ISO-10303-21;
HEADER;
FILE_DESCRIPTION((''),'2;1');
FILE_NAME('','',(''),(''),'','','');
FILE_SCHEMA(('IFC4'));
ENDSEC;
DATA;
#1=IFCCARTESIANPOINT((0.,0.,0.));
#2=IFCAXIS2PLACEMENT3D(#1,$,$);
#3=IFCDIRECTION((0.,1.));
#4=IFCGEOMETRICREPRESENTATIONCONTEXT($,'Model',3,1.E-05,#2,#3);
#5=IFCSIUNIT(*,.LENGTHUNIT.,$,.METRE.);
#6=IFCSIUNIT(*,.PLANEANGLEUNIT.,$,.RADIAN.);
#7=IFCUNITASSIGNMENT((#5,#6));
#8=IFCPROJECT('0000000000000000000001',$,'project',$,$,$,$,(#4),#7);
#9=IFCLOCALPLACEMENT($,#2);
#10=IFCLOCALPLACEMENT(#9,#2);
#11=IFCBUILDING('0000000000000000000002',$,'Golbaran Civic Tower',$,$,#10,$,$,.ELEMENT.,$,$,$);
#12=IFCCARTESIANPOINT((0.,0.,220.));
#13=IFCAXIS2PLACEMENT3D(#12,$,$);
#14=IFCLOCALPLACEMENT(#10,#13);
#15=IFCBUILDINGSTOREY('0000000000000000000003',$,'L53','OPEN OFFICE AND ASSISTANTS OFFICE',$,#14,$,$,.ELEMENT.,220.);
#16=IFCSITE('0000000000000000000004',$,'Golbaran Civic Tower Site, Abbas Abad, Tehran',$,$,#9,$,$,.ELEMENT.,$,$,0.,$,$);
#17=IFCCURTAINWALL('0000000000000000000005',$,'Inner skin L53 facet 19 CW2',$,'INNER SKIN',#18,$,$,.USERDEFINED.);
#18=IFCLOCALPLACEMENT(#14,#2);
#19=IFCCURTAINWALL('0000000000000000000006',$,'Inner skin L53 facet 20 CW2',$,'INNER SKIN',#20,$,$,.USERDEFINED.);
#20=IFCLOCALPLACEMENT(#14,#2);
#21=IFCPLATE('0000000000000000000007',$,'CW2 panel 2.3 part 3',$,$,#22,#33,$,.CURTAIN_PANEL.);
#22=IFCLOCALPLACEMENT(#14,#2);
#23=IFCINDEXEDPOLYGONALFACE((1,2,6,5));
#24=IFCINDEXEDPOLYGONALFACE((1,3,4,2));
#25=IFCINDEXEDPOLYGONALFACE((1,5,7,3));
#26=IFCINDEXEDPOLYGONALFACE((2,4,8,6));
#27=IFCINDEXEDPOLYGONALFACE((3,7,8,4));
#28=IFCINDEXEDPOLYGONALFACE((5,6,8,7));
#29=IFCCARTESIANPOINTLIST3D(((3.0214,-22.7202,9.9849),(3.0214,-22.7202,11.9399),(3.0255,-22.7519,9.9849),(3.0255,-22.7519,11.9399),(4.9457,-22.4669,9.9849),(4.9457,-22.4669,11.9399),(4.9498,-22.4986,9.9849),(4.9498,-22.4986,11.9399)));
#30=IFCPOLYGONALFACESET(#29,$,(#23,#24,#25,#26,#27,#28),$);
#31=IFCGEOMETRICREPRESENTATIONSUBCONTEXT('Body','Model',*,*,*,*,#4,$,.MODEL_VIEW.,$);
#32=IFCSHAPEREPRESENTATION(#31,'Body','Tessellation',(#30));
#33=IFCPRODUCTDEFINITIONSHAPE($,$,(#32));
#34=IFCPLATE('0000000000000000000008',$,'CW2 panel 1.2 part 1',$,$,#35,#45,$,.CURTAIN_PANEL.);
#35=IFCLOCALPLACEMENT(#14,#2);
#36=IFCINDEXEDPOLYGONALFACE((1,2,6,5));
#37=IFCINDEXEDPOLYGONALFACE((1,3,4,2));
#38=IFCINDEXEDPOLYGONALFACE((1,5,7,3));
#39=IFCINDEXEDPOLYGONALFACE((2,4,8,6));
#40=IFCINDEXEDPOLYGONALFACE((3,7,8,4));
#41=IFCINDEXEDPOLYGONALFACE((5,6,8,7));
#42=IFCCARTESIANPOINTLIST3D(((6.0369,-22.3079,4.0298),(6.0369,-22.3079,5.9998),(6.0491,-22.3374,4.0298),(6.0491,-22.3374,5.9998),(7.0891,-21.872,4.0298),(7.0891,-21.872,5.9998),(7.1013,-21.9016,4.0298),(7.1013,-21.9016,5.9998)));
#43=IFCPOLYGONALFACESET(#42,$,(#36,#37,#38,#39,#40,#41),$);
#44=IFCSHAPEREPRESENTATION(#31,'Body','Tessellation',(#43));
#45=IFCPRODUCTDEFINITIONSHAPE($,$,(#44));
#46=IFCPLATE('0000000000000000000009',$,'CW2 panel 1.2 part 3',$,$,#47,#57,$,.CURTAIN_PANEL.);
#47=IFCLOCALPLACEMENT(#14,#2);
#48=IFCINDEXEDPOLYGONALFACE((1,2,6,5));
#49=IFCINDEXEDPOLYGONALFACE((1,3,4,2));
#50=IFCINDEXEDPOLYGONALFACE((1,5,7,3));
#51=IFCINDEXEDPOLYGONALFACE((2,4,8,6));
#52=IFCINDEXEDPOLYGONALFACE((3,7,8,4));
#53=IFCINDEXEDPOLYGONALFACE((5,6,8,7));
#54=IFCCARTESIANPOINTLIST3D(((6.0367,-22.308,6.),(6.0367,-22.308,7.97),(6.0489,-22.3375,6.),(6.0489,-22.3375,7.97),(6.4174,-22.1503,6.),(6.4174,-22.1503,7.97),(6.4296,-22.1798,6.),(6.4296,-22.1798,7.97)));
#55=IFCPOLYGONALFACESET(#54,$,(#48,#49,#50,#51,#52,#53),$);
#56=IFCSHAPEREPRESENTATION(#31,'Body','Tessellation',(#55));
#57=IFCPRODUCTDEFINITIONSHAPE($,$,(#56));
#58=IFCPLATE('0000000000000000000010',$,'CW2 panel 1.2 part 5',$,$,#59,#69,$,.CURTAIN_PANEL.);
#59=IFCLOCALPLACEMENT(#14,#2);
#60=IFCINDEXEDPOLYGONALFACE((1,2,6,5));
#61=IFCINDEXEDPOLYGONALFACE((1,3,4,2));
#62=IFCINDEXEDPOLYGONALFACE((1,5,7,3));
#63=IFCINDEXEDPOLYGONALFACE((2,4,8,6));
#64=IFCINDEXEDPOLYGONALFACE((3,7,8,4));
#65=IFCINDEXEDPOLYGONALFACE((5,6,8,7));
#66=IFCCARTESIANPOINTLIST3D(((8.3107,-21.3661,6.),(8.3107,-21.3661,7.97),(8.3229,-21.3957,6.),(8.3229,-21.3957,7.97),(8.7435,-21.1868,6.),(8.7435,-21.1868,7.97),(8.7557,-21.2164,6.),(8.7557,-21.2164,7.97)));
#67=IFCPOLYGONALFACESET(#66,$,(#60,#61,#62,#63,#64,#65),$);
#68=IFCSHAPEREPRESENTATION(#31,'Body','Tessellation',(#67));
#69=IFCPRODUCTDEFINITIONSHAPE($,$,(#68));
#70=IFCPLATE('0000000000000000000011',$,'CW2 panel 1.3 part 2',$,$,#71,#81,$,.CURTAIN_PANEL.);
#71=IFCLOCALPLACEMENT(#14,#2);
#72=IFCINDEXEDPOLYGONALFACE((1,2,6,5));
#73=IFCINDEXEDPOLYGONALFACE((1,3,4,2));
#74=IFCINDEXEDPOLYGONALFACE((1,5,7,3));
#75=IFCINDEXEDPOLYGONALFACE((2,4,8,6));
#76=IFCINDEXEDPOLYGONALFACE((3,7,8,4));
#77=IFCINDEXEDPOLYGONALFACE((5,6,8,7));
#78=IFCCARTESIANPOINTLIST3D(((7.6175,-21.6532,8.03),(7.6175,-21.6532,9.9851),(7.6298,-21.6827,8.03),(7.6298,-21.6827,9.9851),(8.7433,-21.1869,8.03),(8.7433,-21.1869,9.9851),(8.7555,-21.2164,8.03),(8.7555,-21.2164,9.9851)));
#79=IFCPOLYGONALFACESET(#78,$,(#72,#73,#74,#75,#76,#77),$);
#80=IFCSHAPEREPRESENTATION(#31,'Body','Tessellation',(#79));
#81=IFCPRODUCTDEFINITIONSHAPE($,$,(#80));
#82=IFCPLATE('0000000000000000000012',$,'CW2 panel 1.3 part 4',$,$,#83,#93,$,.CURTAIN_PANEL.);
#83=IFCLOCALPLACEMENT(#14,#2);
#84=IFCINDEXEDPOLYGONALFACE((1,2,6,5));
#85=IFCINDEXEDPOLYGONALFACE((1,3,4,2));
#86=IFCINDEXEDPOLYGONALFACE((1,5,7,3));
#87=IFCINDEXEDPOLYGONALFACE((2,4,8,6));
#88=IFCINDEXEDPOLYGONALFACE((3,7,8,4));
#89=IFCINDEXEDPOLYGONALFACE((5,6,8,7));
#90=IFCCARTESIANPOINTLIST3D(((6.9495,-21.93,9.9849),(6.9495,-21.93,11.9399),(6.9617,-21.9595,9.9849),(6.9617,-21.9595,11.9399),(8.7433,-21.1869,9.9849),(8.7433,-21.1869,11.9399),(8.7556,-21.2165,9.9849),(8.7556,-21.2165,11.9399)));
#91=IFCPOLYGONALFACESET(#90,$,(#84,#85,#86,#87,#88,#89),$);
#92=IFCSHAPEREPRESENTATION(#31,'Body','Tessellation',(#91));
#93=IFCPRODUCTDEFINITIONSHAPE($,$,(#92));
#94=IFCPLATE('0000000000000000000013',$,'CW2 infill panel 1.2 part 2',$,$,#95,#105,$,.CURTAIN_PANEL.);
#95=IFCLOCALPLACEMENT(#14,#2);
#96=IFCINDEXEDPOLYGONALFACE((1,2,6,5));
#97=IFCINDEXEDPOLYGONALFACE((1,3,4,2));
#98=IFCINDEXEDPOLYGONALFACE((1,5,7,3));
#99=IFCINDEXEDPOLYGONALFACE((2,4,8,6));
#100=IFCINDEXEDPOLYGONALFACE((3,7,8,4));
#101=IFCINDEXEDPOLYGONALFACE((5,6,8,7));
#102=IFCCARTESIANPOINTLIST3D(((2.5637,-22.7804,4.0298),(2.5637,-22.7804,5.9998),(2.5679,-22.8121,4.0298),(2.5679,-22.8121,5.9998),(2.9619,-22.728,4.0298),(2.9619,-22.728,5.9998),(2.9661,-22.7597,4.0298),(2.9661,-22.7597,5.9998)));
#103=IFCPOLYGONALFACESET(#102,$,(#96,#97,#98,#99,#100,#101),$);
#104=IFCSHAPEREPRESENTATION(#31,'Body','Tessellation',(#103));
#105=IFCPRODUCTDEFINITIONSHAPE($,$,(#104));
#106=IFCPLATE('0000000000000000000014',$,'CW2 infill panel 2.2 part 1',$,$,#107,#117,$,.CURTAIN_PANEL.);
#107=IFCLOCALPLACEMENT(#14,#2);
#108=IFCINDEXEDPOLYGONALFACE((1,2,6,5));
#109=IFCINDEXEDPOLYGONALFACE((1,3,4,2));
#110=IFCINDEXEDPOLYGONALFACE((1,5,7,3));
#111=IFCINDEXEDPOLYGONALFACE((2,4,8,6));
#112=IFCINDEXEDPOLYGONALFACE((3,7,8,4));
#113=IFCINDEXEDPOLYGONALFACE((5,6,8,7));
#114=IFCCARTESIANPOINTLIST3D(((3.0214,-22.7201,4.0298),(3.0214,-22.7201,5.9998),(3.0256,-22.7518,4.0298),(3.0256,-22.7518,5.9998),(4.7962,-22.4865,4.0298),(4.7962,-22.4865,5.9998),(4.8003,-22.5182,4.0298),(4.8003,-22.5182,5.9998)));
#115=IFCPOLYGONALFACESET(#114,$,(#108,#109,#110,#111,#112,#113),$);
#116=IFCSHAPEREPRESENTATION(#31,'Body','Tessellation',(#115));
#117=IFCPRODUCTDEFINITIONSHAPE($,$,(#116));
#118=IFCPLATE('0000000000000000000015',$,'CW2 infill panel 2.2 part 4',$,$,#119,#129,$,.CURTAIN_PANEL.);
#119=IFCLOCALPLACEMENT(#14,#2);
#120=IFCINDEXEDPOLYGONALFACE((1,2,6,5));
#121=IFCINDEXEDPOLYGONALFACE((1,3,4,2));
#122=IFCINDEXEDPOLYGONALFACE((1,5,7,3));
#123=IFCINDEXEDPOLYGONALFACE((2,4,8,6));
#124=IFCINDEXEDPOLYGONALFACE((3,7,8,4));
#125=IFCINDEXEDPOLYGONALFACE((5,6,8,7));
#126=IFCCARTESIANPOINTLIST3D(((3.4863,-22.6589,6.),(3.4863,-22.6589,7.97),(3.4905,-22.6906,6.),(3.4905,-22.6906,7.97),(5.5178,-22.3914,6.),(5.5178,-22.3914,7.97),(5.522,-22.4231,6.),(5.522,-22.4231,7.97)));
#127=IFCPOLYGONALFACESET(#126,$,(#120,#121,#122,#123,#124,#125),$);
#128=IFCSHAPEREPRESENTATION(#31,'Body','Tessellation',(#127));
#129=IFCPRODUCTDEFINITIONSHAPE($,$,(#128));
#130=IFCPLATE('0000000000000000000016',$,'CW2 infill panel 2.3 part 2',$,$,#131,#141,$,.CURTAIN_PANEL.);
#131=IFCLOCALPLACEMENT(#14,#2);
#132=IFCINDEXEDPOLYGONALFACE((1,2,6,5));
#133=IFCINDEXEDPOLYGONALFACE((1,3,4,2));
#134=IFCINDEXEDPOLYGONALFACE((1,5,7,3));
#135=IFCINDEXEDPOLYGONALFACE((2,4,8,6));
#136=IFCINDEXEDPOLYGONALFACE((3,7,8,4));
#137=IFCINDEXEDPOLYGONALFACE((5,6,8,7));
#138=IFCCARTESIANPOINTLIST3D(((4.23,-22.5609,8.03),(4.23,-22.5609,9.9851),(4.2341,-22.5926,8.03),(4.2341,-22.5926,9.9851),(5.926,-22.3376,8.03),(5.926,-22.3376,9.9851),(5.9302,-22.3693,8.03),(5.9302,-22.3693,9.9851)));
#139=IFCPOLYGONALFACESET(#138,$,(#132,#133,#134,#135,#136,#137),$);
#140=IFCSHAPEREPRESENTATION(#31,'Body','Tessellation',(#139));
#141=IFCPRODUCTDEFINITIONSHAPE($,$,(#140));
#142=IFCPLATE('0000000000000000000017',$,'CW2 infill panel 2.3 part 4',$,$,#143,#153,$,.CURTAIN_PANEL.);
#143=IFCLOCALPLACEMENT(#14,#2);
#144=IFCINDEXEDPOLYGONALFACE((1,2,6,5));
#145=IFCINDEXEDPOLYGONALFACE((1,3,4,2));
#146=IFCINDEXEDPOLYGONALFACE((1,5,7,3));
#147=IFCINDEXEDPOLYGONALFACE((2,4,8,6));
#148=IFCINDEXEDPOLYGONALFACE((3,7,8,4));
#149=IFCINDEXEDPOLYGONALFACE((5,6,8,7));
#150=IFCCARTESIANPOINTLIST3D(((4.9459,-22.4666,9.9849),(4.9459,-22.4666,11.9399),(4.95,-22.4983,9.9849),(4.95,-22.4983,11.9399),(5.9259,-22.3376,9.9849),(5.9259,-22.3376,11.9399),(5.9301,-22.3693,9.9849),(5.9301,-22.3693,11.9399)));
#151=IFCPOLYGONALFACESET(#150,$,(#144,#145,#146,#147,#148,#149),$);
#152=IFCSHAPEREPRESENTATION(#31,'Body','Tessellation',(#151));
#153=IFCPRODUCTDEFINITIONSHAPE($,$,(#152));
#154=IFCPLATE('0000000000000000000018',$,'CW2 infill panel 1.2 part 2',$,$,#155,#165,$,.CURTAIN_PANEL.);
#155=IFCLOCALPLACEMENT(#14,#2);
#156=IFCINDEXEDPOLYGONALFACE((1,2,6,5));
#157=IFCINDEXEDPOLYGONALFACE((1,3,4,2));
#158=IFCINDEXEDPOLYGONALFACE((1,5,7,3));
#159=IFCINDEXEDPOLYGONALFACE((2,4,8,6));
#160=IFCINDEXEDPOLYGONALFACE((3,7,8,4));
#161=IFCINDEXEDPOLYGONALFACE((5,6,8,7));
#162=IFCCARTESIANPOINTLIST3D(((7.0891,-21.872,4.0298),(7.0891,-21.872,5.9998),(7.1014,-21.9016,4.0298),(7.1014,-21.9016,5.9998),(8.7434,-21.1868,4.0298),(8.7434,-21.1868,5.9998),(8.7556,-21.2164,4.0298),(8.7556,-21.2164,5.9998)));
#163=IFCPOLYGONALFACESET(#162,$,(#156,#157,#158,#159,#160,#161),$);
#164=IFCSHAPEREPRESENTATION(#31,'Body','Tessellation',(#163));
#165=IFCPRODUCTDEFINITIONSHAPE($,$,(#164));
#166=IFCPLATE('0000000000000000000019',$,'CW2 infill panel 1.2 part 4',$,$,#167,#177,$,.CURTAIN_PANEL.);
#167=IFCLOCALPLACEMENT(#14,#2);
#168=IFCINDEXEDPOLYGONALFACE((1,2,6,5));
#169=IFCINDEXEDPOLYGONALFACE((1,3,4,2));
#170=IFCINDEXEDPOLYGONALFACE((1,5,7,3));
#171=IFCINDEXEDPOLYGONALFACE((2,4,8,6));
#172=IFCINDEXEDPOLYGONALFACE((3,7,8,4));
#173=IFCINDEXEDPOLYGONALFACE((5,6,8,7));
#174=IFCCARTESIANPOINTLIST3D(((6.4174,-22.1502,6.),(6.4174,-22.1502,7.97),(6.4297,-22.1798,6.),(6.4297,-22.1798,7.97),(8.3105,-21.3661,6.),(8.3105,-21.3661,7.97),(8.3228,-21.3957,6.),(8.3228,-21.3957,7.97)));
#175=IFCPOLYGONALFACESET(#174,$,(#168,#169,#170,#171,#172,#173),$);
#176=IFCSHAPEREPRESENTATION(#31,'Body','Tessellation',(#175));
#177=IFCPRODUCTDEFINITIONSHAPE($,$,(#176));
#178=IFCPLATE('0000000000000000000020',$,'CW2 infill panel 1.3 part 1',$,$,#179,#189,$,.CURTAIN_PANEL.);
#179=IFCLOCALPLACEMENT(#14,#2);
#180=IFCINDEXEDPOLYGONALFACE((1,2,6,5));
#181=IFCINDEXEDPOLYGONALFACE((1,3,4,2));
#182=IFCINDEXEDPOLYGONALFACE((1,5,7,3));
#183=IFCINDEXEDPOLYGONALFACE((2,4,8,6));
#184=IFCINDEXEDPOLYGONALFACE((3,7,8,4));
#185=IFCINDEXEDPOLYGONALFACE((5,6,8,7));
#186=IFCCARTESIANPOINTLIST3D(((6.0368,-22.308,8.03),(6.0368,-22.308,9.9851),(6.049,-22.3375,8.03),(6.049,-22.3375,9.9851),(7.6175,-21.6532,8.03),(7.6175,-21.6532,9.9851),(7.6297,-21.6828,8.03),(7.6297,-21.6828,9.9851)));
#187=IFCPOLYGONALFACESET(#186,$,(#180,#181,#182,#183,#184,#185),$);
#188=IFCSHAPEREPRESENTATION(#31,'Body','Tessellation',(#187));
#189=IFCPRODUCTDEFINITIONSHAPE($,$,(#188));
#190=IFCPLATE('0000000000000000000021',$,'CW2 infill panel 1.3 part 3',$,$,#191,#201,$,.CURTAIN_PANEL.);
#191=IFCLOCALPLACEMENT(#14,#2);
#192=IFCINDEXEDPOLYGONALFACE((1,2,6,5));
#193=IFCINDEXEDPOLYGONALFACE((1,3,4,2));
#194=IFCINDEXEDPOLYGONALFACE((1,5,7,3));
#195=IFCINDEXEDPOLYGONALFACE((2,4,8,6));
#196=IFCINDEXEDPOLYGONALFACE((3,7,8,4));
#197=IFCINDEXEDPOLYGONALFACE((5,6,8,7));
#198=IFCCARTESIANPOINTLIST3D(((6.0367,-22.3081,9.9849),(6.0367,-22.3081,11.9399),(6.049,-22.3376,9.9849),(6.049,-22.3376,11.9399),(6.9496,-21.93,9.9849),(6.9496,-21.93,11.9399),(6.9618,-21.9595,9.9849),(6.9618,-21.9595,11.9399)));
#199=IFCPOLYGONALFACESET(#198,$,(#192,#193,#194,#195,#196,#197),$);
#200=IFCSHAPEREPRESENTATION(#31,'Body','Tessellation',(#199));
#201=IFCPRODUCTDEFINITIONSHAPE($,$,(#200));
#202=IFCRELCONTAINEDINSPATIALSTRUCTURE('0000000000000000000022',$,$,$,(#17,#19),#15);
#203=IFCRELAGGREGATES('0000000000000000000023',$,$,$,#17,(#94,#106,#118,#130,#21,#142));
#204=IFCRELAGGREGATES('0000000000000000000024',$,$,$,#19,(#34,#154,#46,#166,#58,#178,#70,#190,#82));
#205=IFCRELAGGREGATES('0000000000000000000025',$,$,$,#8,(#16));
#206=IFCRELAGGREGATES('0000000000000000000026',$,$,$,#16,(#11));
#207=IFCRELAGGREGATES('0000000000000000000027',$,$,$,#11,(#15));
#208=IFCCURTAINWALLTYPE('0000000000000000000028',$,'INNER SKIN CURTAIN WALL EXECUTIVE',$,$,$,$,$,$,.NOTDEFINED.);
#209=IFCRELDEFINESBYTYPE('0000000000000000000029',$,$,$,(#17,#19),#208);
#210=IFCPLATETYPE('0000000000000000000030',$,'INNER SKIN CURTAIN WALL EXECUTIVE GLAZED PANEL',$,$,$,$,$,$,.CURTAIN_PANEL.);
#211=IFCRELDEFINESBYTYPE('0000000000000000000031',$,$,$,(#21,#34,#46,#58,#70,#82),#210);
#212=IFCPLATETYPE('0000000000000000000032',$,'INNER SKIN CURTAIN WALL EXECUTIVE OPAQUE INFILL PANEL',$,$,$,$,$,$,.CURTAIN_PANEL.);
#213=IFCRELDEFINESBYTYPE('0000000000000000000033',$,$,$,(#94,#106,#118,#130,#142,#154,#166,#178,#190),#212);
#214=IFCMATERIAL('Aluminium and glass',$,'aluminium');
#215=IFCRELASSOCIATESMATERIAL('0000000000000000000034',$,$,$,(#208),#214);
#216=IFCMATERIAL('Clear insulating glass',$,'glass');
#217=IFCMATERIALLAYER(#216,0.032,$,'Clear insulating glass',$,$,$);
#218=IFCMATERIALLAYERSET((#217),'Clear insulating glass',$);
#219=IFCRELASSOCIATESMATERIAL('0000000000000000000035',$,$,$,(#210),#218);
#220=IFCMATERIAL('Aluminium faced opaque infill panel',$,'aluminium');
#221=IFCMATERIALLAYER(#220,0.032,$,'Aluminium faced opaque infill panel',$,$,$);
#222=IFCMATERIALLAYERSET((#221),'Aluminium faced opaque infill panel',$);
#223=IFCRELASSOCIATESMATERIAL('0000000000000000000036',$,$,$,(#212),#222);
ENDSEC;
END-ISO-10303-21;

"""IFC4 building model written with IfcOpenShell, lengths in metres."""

from ifc_helpers import new_model, si_unit, direction, frame, origin, origin_2d, place, context, subcontext, project, spatial, rectangle, extrude, material, layer, layer_set, type_object, element, aggregate, save


model = new_model("IFC4")

# Units and contexts
model_context = context("Model", 3, precision=1e-05, world=origin(), true_north=direction((0.0, 1.0)))
body_context = subcontext(model_context, "Body", "Model", "MODEL_VIEW")
ifc_project = project(units=[si_unit("LENGTHUNIT", "METRE"), si_unit("PLANEANGLEUNIT", "RADIAN")], contexts=[model_context])

# Site, building, storey
site_placement = place(None, origin())
site = spatial("IfcSite", under=ifc_project, at=site_placement, Name="Golbaran Civic Tower Site, Abbas Abad, Tehran", CompositionType="ELEMENT", RefElevation=0.0)
building_placement = place(site_placement, origin())
building = spatial("IfcBuilding", under=site, at=building_placement, Name="Golbaran Civic Tower", CompositionType="ELEMENT")
storey_placement = place(building_placement, frame((0.0, 0.0, 220.0)))
storey = spatial("IfcBuildingStorey", under=building, at=storey_placement, Name="L53", Description="OPEN OFFICE AND ASSISTANTS OFFICE", CompositionType="ELEMENT", Elevation=220.0)

# Curtain walls
ifc_material_1 = material(Name="Aluminium and glass", Category="aluminium")
curtain_wall_type = type_object("IfcCurtainWallType", Name="INNER SKIN CURTAIN WALL EXECUTIVE", PredefinedType="NOTDEFINED", material=ifc_material_1)
curtain_wall_1_placement = place(storey_placement, origin())
curtain_wall_1 = element("IfcCurtainWall", 1, at=curtain_wall_1_placement, inside=storey, type_object=curtain_wall_type, Name="Inner skin L53 facet 19 CW2", ObjectType="INNER SKIN", PredefinedType="USERDEFINED")
curtain_wall_2_placement = place(storey_placement, origin())
curtain_wall_2 = element("IfcCurtainWall", 2, at=curtain_wall_2_placement, inside=storey, type_object=curtain_wall_type, Name="Inner skin L53 facet 20 CW2", ObjectType="INNER SKIN", PredefinedType="USERDEFINED")

# Plates
ifc_material_2 = material(Name="Clear insulating glass", Category="glass")
ifc_layer_1 = layer(ifc_material_2, 0.032, Name="Clear insulating glass")
ifc_layer_set_1 = layer_set([ifc_layer_1], Name="Clear insulating glass")
plate_type_1 = type_object("IfcPlateType", Name="INNER SKIN CURTAIN WALL EXECUTIVE GLAZED PANEL", PredefinedType="CURTAIN_PANEL", material=ifc_layer_set_1)
plate_1_placement = place(storey_placement, frame((3.9856, -22.6094, 9.9849), z_axis=(0.0, 0.0, 1.0), x_axis=(0.991445, 0.130526, 0.0)))
plate_1 = element("IfcPlate", 3, at=plate_1_placement, type_object=plate_type_1, Name="CW2 panel 2.3 part 3", PredefinedType="CURTAIN_PANEL", context=body_context, shape_type="SweptSolid", body=[
    extrude(rectangle(XDim=1.9409, YDim=0.032, at=origin_2d()), origin(), (0.0, 0.0, 1.0), 1.9551),
])
plate_2_placement = place(storey_placement, frame((6.5691, -22.1047, 4.0298), z_axis=(0.0, 0.0, 1.0), x_axis=(0.92388, 0.382683, 0.0)))
plate_2 = element("IfcPlate", 4, at=plate_2_placement, type_object=plate_type_1, Name="CW2 panel 1.2 part 1", PredefinedType="CURTAIN_PANEL", context=body_context, shape_type="SweptSolid", body=[
    extrude(rectangle(XDim=1.1389, YDim=0.032, at=origin_2d()), origin(), (0.0, 0.0, 1.0), 1.97),
])
plate_3_placement = place(storey_placement, frame((6.2332, -22.2439, 6.0), z_axis=(0.0, 0.0, 1.0), x_axis=(0.92388, 0.382683, 0.0)))
plate_3 = element("IfcPlate", 5, at=plate_3_placement, type_object=plate_type_1, Name="CW2 panel 1.2 part 3", PredefinedType="CURTAIN_PANEL", context=body_context, shape_type="SweptSolid", body=[
    extrude(rectangle(XDim=0.4121, YDim=0.032, at=origin_2d()), origin(), (0.0, 0.0, 1.0), 1.97),
])
plate_4_placement = place(storey_placement, frame((8.5332, -21.2913, 6.0), z_axis=(0.0, 0.0, 1.0), x_axis=(0.92388, 0.382683, 0.0)))
plate_4 = element("IfcPlate", 6, at=plate_4_placement, type_object=plate_type_1, Name="CW2 panel 1.2 part 5", PredefinedType="CURTAIN_PANEL", context=body_context, shape_type="SweptSolid", body=[
    extrude(rectangle(XDim=0.4685, YDim=0.032, at=origin_2d()), origin(), (0.0, 0.0, 1.0), 1.97),
])
plate_5_placement = place(storey_placement, frame((8.1865, -21.4348, 8.03), z_axis=(0.0, 0.0, 1.0), x_axis=(0.92388, 0.382683, 0.0)))
plate_5 = element("IfcPlate", 7, at=plate_5_placement, type_object=plate_type_1, Name="CW2 panel 1.3 part 2", PredefinedType="CURTAIN_PANEL", context=body_context, shape_type="SweptSolid", body=[
    extrude(rectangle(XDim=1.2185, YDim=0.032, at=origin_2d()), origin(), (0.0, 0.0, 1.0), 1.9551),
])
plate_6_placement = place(storey_placement, frame((7.8525, -21.5732, 9.9849), z_axis=(0.0, 0.0, 1.0), x_axis=(0.92388, 0.382683, 0.0)))
plate_6 = element("IfcPlate", 8, at=plate_6_placement, type_object=plate_type_1, Name="CW2 panel 1.3 part 4", PredefinedType="CURTAIN_PANEL", context=body_context, shape_type="SweptSolid", body=[
    extrude(rectangle(XDim=1.9417, YDim=0.032, at=origin_2d()), origin(), (0.0, 0.0, 1.0), 1.9551),
])
ifc_material_3 = material(Name="Aluminium faced opaque infill panel", Category="aluminium")
ifc_layer_2 = layer(ifc_material_3, 0.032, Name="Aluminium faced opaque infill panel")
ifc_layer_set_2 = layer_set([ifc_layer_2], Name="Aluminium faced opaque infill panel")
plate_type_2 = type_object("IfcPlateType", Name="INNER SKIN CURTAIN WALL EXECUTIVE OPAQUE INFILL PANEL", PredefinedType="CURTAIN_PANEL", material=ifc_layer_set_2)
plate_7_placement = place(storey_placement, frame((2.7649, -22.77, 4.0298), z_axis=(0.0, 0.0, 1.0), x_axis=(0.991445, 0.130526, 0.0)))
plate_7 = element("IfcPlate", 9, at=plate_7_placement, type_object=plate_type_2, Name="CW2 infill panel 1.2 part 2", PredefinedType="CURTAIN_PANEL", context=body_context, shape_type="SweptSolid", body=[
    extrude(rectangle(XDim=0.4016, YDim=0.032, at=origin_2d()), origin(), (0.0, 0.0, 1.0), 1.97),
])
plate_8_placement = place(storey_placement, frame((3.9109, -22.6191, 4.0298), z_axis=(0.0, 0.0, 1.0), x_axis=(0.991445, 0.130526, 0.0)))
plate_8 = element("IfcPlate", 10, at=plate_8_placement, type_object=plate_type_2, Name="CW2 infill panel 2.2 part 1", PredefinedType="CURTAIN_PANEL", context=body_context, shape_type="SweptSolid", body=[
    extrude(rectangle(XDim=1.79, YDim=0.032, at=origin_2d()), origin(), (0.0, 0.0, 1.0), 1.97),
])
plate_9_placement = place(storey_placement, frame((4.5042, -22.541, 6.0), z_axis=(0.0, 0.0, 1.0), x_axis=(0.991445, 0.130526, 0.0)))
plate_9 = element("IfcPlate", 11, at=plate_9_placement, type_object=plate_type_2, Name="CW2 infill panel 2.2 part 4", PredefinedType="CURTAIN_PANEL", context=body_context, shape_type="SweptSolid", body=[
    extrude(rectangle(XDim=2.0491, YDim=0.032, at=origin_2d()), origin(), (0.0, 0.0, 1.0), 1.97),
])
plate_10_placement = place(storey_placement, frame((5.0801, -22.4651, 8.03), z_axis=(0.0, 0.0, 1.0), x_axis=(0.991445, 0.130526, 0.0)))
plate_10 = element("IfcPlate", 12, at=plate_10_placement, type_object=plate_type_2, Name="CW2 infill panel 2.3 part 2", PredefinedType="CURTAIN_PANEL", context=body_context, shape_type="SweptSolid", body=[
    extrude(rectangle(XDim=1.7107, YDim=0.032, at=origin_2d()), origin(), (0.0, 0.0, 1.0), 1.9551),
])
plate_11_placement = place(storey_placement, frame((5.438, -22.418, 9.9849), z_axis=(0.0, 0.0, 1.0), x_axis=(0.991445, 0.130526, 0.0)))
plate_11 = element("IfcPlate", 13, at=plate_11_placement, type_object=plate_type_2, Name="CW2 infill panel 2.3 part 4", PredefinedType="CURTAIN_PANEL", context=body_context, shape_type="SweptSolid", body=[
    extrude(rectangle(XDim=0.9885, YDim=0.032, at=origin_2d()), origin(), (0.0, 0.0, 1.0), 1.9551),
])
aggregate(curtain_wall_1, [plate_7, plate_8, plate_9, plate_10, plate_1, plate_11])
plate_12_placement = place(storey_placement, frame((7.9224, -21.5442, 4.0298), z_axis=(0.0, 0.0, 1.0), x_axis=(0.92388, 0.382683, 0.0)))
plate_12 = element("IfcPlate", 14, at=plate_12_placement, type_object=plate_type_2, Name="CW2 infill panel 1.2 part 2", PredefinedType="CURTAIN_PANEL", context=body_context, shape_type="SweptSolid", body=[
    extrude(rectangle(XDim=1.7905, YDim=0.032, at=origin_2d()), origin(), (0.0, 0.0, 1.0), 1.97),
])
plate_13_placement = place(storey_placement, frame((7.3701, -21.7729, 6.0), z_axis=(0.0, 0.0, 1.0), x_axis=(0.92388, 0.382683, 0.0)))
plate_13 = element("IfcPlate", 15, at=plate_13_placement, type_object=plate_type_2, Name="CW2 infill panel 1.2 part 4", PredefinedType="CURTAIN_PANEL", context=body_context, shape_type="SweptSolid", body=[
    extrude(rectangle(XDim=2.0491, YDim=0.032, at=origin_2d()), origin(), (0.0, 0.0, 1.0), 1.97),
])
plate_14_placement = place(storey_placement, frame((6.8333, -21.9954, 8.03), z_axis=(0.0, 0.0, 1.0), x_axis=(0.92388, 0.382683, 0.0)))
plate_14 = element("IfcPlate", 16, at=plate_14_placement, type_object=plate_type_2, Name="CW2 infill panel 1.3 part 1", PredefinedType="CURTAIN_PANEL", context=body_context, shape_type="SweptSolid", body=[
    extrude(rectangle(XDim=1.7109, YDim=0.032, at=origin_2d()), origin(), (0.0, 0.0, 1.0), 1.9551),
])
plate_15_placement = place(storey_placement, frame((6.4993, -22.1338, 9.9849), z_axis=(0.0, 0.0, 1.0), x_axis=(0.92388, 0.382683, 0.0)))
plate_15 = element("IfcPlate", 17, at=plate_15_placement, type_object=plate_type_2, Name="CW2 infill panel 1.3 part 3", PredefinedType="CURTAIN_PANEL", context=body_context, shape_type="SweptSolid", body=[
    extrude(rectangle(XDim=0.988, YDim=0.032, at=origin_2d()), origin(), (0.0, 0.0, 1.0), 1.9551),
])
aggregate(curtain_wall_2, [plate_2, plate_12, plate_3, plate_13, plate_4, plate_14, plate_5, plate_15, plate_6])

save(model, "model.ifc")
